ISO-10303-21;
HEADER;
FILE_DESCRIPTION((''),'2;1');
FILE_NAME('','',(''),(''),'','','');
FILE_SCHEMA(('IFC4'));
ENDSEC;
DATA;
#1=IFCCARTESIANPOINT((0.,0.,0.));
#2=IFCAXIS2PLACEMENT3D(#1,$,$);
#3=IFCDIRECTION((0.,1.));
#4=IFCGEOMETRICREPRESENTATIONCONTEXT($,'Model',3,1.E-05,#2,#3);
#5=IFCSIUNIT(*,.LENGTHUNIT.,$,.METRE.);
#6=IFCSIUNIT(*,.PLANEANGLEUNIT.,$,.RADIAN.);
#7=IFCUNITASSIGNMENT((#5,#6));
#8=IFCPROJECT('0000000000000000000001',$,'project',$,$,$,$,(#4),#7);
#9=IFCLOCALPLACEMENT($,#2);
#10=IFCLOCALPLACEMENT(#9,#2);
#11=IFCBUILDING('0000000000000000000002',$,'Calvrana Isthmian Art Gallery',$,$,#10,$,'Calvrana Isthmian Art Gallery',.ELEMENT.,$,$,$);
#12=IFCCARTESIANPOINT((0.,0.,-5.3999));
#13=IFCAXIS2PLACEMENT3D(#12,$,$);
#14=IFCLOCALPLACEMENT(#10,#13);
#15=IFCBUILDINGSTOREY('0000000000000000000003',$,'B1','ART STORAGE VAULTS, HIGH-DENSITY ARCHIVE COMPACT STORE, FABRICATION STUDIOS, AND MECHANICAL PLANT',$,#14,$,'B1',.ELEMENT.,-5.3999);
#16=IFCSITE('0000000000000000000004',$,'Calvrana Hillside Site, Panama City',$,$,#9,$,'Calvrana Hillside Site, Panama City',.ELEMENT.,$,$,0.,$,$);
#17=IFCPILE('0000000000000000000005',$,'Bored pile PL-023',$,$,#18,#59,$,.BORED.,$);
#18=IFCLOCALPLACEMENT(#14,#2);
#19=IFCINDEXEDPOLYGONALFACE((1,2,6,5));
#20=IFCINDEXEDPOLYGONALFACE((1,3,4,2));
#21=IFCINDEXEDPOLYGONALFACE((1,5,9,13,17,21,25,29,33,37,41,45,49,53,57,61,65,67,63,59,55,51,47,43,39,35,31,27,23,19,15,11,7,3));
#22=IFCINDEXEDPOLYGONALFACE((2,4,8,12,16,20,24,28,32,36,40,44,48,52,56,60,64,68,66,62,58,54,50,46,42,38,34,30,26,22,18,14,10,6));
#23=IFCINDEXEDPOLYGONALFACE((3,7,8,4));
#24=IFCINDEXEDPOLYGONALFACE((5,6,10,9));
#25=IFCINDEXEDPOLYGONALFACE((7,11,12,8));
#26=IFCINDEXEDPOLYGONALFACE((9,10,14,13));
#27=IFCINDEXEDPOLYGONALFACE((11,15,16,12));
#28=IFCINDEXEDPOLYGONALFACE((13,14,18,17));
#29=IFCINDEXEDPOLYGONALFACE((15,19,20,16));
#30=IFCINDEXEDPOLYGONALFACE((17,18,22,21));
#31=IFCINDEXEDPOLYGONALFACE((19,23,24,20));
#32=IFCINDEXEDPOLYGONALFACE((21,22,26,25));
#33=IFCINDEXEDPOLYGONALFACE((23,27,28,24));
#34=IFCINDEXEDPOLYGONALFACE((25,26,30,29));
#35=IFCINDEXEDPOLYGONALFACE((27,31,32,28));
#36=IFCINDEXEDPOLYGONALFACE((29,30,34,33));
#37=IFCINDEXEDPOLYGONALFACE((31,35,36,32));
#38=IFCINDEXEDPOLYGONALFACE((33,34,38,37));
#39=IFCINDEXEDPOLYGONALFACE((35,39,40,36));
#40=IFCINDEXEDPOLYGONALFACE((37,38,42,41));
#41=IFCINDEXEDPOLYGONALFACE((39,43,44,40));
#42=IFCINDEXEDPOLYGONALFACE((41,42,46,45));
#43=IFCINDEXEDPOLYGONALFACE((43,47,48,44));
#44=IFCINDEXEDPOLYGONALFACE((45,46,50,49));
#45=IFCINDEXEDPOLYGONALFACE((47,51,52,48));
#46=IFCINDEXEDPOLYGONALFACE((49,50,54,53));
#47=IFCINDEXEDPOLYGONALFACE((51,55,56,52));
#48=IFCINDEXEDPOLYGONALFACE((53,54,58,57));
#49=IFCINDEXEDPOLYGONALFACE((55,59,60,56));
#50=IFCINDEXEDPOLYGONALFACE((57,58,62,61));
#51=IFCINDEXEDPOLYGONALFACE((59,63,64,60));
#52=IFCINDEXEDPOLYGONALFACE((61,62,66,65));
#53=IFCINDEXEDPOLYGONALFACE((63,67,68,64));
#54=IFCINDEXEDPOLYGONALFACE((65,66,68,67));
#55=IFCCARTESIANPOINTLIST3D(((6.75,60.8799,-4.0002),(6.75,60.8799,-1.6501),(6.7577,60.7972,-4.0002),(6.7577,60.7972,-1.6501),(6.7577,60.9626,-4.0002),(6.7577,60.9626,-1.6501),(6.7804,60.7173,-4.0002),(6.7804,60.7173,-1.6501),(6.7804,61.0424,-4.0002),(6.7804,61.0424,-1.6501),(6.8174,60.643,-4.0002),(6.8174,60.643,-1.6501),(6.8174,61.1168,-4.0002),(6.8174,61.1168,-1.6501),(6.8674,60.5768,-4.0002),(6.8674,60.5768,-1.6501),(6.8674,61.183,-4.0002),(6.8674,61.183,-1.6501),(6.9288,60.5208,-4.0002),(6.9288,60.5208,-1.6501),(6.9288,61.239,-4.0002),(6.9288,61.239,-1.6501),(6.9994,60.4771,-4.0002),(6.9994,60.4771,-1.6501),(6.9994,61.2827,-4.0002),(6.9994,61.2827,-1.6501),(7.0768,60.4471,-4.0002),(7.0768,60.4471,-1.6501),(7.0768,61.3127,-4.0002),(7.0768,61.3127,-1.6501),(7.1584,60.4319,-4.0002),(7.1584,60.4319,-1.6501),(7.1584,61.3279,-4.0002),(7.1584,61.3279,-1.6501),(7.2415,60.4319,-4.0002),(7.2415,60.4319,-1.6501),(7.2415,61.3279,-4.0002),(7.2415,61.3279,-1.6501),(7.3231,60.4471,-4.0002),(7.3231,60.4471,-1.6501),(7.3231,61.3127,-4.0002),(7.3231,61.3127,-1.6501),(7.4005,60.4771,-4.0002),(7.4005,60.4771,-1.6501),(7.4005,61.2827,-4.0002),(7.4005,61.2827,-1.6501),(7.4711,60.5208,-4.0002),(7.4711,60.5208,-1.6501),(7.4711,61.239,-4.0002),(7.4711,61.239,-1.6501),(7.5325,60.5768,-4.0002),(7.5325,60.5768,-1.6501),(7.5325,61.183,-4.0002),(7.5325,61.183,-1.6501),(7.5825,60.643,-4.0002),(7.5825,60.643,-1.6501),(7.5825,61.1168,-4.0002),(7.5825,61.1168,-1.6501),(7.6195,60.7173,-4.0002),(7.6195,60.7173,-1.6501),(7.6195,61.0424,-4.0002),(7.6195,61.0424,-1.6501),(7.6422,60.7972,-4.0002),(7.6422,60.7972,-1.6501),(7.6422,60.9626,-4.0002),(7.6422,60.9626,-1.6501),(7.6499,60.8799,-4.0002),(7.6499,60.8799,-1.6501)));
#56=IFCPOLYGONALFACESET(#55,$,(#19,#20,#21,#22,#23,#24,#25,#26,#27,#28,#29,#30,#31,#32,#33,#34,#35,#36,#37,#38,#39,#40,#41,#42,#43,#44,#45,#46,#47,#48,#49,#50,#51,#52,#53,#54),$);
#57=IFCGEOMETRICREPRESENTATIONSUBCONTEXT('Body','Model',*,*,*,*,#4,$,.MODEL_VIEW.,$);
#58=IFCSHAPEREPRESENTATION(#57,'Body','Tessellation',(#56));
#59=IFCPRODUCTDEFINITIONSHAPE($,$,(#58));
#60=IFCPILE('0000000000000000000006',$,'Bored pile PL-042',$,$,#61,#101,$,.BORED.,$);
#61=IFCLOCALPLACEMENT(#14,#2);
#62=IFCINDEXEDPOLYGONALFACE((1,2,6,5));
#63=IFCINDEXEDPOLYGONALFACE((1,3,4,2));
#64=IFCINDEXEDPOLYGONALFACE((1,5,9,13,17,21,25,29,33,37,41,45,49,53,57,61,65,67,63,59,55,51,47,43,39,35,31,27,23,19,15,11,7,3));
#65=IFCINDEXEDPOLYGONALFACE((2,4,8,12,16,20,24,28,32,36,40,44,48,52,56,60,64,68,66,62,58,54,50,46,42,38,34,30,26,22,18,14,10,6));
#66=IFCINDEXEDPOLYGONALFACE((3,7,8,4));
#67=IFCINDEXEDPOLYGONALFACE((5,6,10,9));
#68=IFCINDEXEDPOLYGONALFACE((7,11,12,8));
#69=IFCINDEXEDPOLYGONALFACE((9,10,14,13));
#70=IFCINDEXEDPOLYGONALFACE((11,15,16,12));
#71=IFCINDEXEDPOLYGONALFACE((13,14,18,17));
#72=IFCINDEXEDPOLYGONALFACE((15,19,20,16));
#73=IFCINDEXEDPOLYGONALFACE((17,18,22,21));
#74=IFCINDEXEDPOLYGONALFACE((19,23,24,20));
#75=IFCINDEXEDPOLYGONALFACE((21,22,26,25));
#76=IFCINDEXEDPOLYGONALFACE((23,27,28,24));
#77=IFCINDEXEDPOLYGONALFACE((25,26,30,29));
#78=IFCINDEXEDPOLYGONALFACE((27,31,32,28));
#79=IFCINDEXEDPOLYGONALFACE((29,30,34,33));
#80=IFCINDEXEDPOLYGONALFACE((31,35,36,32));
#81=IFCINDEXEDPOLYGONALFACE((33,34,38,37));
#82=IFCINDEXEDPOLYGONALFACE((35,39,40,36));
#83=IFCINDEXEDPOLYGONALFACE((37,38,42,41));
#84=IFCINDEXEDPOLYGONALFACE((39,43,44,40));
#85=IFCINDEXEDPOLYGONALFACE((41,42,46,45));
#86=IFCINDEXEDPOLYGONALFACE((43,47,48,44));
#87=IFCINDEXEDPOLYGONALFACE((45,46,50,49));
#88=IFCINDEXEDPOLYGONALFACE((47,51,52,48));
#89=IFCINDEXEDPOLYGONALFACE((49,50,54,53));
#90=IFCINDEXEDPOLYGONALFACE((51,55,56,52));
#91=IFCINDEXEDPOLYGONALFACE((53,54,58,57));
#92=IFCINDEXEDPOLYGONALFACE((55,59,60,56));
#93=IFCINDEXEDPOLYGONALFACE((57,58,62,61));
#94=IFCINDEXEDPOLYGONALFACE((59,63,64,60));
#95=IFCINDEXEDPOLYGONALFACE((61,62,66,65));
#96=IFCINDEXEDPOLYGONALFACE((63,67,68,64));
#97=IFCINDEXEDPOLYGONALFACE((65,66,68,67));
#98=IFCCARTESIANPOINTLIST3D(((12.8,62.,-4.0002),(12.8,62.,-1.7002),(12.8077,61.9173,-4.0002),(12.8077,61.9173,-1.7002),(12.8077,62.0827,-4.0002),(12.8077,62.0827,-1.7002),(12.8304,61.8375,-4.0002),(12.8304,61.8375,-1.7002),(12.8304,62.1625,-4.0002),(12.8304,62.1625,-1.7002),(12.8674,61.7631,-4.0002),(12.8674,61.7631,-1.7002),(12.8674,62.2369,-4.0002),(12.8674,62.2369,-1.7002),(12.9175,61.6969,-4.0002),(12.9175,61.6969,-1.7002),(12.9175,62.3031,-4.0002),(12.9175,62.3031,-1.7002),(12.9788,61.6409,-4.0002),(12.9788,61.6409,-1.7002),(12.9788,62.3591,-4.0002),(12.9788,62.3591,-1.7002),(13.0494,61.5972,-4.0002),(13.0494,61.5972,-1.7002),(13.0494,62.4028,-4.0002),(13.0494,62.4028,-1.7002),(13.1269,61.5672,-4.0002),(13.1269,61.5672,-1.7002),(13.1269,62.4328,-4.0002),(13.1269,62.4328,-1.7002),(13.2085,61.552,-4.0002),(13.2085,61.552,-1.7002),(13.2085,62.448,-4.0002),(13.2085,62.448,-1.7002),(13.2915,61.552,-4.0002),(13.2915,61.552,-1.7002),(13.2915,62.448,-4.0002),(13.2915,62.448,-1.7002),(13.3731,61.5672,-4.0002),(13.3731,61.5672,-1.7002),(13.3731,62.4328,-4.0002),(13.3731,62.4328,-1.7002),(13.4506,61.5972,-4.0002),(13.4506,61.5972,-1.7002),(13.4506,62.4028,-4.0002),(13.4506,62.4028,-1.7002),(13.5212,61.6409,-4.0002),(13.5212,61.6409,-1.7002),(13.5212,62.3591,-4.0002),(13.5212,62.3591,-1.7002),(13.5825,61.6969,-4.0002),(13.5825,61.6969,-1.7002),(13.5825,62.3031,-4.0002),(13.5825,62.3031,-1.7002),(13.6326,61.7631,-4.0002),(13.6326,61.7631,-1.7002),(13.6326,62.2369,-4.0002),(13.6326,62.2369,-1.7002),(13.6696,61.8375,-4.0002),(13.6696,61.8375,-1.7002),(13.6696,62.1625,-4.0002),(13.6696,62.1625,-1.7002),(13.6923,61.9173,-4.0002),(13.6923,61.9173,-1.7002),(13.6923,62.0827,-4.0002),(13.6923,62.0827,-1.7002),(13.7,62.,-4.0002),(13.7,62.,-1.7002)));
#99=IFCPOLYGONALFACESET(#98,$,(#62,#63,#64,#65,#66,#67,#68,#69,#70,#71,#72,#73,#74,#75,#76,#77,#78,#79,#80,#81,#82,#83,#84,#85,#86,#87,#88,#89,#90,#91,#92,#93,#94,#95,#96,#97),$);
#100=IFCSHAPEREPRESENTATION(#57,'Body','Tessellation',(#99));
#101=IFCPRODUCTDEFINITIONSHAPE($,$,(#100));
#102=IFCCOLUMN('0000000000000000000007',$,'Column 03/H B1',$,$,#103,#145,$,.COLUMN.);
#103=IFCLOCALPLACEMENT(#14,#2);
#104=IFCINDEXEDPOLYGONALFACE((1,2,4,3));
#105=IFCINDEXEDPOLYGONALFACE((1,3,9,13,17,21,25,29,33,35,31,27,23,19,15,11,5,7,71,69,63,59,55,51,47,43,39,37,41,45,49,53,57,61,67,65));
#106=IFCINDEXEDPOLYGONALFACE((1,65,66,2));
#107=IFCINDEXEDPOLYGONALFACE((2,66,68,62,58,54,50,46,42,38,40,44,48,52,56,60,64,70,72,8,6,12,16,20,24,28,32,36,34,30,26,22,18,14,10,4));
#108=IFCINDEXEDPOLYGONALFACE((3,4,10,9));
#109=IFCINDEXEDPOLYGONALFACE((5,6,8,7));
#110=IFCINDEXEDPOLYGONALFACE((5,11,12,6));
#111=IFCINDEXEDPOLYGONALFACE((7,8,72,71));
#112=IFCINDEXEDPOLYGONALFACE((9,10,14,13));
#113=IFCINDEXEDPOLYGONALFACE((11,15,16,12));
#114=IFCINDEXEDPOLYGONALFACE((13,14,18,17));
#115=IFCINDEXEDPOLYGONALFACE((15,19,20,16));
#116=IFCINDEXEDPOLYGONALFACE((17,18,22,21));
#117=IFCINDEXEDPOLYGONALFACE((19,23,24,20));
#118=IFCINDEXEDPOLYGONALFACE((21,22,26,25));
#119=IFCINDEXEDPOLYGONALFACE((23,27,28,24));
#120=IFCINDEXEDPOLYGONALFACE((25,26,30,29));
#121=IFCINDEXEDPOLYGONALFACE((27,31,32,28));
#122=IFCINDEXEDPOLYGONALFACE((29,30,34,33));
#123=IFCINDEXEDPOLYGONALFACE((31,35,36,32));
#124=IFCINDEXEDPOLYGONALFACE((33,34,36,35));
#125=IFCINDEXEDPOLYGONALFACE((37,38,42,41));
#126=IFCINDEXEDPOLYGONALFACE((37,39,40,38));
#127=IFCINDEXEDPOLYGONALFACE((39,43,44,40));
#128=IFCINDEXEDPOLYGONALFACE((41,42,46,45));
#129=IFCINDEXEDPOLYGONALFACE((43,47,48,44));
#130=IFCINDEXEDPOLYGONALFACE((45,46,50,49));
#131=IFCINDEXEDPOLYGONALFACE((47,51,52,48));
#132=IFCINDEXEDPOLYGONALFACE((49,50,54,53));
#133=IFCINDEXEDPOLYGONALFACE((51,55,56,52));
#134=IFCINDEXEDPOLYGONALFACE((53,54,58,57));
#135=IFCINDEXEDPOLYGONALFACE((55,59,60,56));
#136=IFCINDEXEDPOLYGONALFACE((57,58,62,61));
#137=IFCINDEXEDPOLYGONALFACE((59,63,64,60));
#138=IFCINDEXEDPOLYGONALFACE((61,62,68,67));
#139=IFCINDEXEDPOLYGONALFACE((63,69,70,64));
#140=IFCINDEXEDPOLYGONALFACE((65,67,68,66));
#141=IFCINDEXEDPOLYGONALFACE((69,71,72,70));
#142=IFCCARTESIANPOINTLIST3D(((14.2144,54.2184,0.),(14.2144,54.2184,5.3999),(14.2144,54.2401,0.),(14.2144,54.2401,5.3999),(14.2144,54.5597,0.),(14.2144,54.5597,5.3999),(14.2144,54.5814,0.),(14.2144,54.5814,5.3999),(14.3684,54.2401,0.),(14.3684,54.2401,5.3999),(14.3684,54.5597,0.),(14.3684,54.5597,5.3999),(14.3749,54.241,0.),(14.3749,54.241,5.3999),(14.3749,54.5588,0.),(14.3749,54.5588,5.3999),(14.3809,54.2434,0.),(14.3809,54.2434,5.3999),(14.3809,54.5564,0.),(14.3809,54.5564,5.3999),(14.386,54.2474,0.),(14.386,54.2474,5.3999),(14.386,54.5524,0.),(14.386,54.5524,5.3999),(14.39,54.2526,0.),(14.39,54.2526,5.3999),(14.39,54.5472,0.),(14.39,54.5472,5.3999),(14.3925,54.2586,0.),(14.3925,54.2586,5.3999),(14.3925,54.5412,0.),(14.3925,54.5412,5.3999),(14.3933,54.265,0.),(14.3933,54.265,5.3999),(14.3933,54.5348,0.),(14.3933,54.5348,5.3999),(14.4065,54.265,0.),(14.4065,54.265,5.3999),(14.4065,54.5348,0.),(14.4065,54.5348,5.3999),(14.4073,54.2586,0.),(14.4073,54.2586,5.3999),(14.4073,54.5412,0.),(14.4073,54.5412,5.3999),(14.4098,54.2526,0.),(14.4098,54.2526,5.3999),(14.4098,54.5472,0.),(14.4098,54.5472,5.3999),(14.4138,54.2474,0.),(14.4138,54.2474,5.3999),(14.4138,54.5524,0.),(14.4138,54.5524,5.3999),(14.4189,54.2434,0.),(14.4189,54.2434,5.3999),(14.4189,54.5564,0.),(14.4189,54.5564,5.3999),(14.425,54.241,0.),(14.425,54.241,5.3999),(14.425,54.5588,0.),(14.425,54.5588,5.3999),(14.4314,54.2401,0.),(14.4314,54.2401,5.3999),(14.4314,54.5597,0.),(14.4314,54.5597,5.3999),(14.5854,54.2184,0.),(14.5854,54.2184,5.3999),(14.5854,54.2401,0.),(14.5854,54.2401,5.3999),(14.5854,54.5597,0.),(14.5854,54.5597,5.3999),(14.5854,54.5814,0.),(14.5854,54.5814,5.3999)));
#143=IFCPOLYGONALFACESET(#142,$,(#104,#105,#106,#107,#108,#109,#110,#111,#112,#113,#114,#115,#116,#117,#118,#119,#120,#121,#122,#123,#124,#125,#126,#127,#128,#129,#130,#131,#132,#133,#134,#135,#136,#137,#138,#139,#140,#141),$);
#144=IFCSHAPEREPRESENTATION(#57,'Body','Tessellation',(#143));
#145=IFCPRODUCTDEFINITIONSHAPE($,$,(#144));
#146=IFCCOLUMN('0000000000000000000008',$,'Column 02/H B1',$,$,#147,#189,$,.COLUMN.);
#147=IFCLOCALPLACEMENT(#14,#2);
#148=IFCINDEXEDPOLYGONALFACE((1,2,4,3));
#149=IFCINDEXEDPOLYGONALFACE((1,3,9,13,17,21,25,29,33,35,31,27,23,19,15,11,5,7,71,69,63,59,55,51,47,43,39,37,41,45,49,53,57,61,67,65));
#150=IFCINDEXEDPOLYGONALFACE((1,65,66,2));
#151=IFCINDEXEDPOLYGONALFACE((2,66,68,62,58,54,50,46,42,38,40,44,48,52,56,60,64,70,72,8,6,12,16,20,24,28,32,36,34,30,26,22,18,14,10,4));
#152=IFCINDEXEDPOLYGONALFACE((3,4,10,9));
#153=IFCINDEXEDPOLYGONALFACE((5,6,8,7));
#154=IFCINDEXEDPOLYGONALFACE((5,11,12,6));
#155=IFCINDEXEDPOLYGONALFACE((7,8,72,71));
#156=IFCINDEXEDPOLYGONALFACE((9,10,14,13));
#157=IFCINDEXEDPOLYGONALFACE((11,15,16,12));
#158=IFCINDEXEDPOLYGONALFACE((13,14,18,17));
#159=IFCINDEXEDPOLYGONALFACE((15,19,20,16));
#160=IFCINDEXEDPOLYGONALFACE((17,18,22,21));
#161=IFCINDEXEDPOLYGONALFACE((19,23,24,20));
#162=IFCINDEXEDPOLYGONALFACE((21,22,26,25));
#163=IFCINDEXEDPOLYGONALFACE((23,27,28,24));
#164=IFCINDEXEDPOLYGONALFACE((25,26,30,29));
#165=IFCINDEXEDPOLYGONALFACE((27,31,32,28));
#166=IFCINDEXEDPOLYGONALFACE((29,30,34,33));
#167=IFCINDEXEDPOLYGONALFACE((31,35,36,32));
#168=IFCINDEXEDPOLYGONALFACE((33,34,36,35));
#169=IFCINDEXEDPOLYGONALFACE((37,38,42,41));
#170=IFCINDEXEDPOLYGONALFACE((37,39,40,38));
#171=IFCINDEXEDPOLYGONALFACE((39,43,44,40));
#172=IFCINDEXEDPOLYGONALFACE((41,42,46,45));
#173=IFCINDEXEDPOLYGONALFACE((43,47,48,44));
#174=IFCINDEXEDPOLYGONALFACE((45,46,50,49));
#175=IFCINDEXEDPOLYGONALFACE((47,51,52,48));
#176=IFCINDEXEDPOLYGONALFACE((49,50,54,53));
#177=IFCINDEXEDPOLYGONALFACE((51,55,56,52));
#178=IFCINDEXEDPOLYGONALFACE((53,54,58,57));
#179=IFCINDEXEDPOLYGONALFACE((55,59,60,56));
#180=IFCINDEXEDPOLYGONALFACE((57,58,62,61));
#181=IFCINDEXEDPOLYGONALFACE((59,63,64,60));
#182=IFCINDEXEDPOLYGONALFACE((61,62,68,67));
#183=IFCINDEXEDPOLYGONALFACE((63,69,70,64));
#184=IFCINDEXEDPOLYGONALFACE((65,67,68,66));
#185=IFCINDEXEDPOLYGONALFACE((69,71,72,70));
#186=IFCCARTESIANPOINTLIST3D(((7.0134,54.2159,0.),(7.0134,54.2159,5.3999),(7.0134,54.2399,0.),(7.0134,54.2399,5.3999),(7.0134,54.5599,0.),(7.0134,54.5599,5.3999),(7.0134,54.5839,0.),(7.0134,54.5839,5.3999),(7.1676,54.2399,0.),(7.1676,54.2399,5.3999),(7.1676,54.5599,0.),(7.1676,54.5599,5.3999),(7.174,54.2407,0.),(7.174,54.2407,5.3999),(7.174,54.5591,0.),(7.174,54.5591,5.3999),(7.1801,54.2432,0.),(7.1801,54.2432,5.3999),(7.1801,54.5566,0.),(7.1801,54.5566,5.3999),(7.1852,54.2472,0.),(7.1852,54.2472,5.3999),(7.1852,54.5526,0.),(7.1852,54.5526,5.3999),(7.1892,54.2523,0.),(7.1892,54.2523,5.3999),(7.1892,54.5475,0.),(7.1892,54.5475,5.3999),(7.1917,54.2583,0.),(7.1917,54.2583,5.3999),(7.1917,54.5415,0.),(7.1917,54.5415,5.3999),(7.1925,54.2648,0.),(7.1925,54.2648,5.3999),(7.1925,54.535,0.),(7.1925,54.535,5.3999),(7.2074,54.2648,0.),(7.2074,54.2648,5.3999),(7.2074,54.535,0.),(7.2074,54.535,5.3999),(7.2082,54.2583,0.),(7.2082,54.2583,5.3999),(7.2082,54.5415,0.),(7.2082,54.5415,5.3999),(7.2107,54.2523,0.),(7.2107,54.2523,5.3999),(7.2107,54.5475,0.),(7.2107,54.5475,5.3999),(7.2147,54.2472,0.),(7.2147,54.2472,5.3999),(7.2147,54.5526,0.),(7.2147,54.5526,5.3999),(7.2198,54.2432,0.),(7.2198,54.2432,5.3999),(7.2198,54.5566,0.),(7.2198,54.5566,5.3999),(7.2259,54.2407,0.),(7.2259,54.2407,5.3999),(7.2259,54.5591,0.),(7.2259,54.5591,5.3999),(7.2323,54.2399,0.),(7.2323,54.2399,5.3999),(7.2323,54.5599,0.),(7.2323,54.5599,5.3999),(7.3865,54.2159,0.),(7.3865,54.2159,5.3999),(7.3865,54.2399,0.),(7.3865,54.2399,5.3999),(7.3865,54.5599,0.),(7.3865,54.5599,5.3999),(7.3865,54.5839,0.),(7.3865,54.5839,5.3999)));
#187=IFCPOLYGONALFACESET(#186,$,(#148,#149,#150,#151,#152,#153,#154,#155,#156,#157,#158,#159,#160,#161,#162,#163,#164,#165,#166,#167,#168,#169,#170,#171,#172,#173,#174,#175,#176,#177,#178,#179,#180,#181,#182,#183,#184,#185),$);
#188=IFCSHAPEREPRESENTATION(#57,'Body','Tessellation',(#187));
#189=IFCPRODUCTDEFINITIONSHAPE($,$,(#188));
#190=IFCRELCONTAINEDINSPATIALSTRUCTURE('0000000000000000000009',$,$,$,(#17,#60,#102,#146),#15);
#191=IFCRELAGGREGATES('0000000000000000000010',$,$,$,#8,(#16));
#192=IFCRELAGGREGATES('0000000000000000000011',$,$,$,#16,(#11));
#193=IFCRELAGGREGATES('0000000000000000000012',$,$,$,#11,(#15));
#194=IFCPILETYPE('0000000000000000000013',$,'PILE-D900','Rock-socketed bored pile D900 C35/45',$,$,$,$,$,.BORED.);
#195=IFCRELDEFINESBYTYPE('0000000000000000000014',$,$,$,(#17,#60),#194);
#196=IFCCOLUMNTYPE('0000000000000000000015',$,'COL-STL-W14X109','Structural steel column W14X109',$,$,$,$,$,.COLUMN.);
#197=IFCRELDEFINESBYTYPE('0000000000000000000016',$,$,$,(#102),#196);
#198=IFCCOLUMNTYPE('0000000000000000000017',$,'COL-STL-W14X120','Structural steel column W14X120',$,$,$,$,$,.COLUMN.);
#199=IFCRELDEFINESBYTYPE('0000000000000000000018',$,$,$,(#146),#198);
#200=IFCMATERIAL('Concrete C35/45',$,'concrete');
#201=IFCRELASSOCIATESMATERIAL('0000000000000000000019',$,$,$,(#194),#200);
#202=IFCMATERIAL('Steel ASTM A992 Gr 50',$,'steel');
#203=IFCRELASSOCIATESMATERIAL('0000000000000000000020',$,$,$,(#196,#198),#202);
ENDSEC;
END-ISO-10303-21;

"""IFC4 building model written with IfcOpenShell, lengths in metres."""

from ifc_helpers import new_model, si_unit, direction, frame, origin, origin_2d, place, context, subcontext, project, spatial, circle, i_section, extrude, material, material_profile, profile_set, type_object, element, save


model = new_model("IFC4")

# Units and contexts
model_context = context("Model", 3, precision=1e-05, world=origin(), true_north=direction((0.0, 1.0)))
body_context = subcontext(model_context, "Body", "Model", "MODEL_VIEW")
ifc_project = project(units=[si_unit("LENGTHUNIT", "METRE"), si_unit("PLANEANGLEUNIT", "RADIAN")], contexts=[model_context])

# Site, building, storey
site_placement = place(None, origin())
site = spatial("IfcSite", under=ifc_project, at=site_placement, Name="Calvrana Hillside Site, Panama City", LongName="Calvrana Hillside Site, Panama City", CompositionType="ELEMENT", RefElevation=0.0)
building_placement = place(site_placement, origin())
building = spatial("IfcBuilding", under=site, at=building_placement, Name="Calvrana Isthmian Art Gallery", LongName="Calvrana Isthmian Art Gallery", CompositionType="ELEMENT")
storey_placement = place(building_placement, frame((0.0, 0.0, -5.3999)))
storey = spatial("IfcBuildingStorey", under=building, at=storey_placement, Name="B1", Description="ART STORAGE VAULTS, HIGH-DENSITY ARCHIVE COMPACT STORE, FABRICATION STUDIOS, AND MECHANICAL PLANT", LongName="B1", CompositionType="ELEMENT", Elevation=-5.3999)

# Shared definitions
ifc_material_1 = material(Name="Concrete C35/45", Category="concrete")

# Piles
ifc_material_profile_1 = material_profile(ifc_material_1, circle(Radius=0.45, at=origin_2d()), Name="PILE900D")
ifc_profile_set_1 = profile_set([ifc_material_profile_1], Name="Concrete C35/45")
pile_type_1 = type_object("IfcPileType", Name="PILE-D900", Description="Rock-socketed bored pile D900 C35/45", PredefinedType="BORED", material=ifc_profile_set_1)
for number, where, z_axis, x_axis, name in (
    (1, (7.2, 60.8799, -1.6501), (0.0, 0.0, -1.0), (1.0, 0.0, 0.0), "Bored pile PL-023"),
):
    element("IfcPile", number, at=place(storey_placement, frame(where, z_axis=z_axis, x_axis=x_axis)), inside=storey, type_object=pile_type_1, Name=name, PredefinedType="BORED", context=body_context, shape_type="SweptSolid", body=[
        extrude(circle(Radius=0.45, at=origin_2d()), origin(), (0.0, 0.0, 1.0), 2.3501),
    ])
pile_placement = place(storey_placement, frame((13.25, 62.0, -1.7002), z_axis=(0.0, 0.0, -1.0), x_axis=(1.0, 0.0, 0.0)))
element("IfcPile", 2, at=pile_placement, inside=storey, type_object=pile_type_1, Name="Bored pile PL-042", PredefinedType="BORED", context=body_context, shape_type="SweptSolid", body=[
    extrude(circle(Radius=0.45, at=origin_2d()), origin(), (0.0, 0.0, 1.0), 2.3),
])

# Columns
ifc_material_2 = material(Name="Steel ASTM A992 Gr 50", Category="steel")
ifc_material_profile_2 = material_profile(ifc_material_2, i_section(OverallWidth=0.3711, OverallDepth=0.363, WebThickness=0.0132, FlangeThickness=0.0217, FilletRadius=0.0249, at=origin_2d()), Name="W14X109")
ifc_profile_set_2 = profile_set([ifc_material_profile_2], Name="Steel ASTM A992 Gr 50")
column_type_1 = type_object("IfcColumnType", Name="COL-STL-W14X109", Description="Structural steel column W14X109", PredefinedType="COLUMN", material=ifc_profile_set_2)
column_1_placement = place(storey_placement, frame((14.3999, 54.3999, 0.0), z_axis=(0.0, 0.0, 1.0), x_axis=(1.0, 0.0, 0.0)))
element("IfcColumn", 3, at=column_1_placement, inside=storey, type_object=column_type_1, Name="Column 03/H B1", PredefinedType="COLUMN", context=body_context, shape_type="SweptSolid", body=[
    extrude(i_section(OverallWidth=0.3711, OverallDepth=0.363, WebThickness=0.0132, FlangeThickness=0.0217, FilletRadius=0.0249, at=origin_2d()), origin(), (0.0, 0.0, 1.0), 5.3999),
])
ifc_material_profile_3 = material_profile(ifc_material_2, i_section(OverallWidth=0.373, OverallDepth=0.3679, WebThickness=0.0149, FlangeThickness=0.0239, FilletRadius=0.0249, at=origin_2d()), Name="W14X120")
ifc_profile_set_3 = profile_set([ifc_material_profile_3], Name="Steel ASTM A992 Gr 50")
column_type_2 = type_object("IfcColumnType", Name="COL-STL-W14X120", Description="Structural steel column W14X120", PredefinedType="COLUMN", material=ifc_profile_set_3)
column_2_placement = place(storey_placement, frame((7.2, 54.3999, 0.0), z_axis=(0.0, 0.0, 1.0), x_axis=(1.0, 0.0, 0.0)))
element("IfcColumn", 4, at=column_2_placement, inside=storey, type_object=column_type_2, Name="Column 02/H B1", PredefinedType="COLUMN", context=body_context, shape_type="SweptSolid", body=[
    extrude(i_section(OverallWidth=0.373, OverallDepth=0.3679, WebThickness=0.0149, FlangeThickness=0.0239, FilletRadius=0.0249, at=origin_2d()), origin(), (0.0, 0.0, 1.0), 5.3999),
])

save(model, "model.ifc")
